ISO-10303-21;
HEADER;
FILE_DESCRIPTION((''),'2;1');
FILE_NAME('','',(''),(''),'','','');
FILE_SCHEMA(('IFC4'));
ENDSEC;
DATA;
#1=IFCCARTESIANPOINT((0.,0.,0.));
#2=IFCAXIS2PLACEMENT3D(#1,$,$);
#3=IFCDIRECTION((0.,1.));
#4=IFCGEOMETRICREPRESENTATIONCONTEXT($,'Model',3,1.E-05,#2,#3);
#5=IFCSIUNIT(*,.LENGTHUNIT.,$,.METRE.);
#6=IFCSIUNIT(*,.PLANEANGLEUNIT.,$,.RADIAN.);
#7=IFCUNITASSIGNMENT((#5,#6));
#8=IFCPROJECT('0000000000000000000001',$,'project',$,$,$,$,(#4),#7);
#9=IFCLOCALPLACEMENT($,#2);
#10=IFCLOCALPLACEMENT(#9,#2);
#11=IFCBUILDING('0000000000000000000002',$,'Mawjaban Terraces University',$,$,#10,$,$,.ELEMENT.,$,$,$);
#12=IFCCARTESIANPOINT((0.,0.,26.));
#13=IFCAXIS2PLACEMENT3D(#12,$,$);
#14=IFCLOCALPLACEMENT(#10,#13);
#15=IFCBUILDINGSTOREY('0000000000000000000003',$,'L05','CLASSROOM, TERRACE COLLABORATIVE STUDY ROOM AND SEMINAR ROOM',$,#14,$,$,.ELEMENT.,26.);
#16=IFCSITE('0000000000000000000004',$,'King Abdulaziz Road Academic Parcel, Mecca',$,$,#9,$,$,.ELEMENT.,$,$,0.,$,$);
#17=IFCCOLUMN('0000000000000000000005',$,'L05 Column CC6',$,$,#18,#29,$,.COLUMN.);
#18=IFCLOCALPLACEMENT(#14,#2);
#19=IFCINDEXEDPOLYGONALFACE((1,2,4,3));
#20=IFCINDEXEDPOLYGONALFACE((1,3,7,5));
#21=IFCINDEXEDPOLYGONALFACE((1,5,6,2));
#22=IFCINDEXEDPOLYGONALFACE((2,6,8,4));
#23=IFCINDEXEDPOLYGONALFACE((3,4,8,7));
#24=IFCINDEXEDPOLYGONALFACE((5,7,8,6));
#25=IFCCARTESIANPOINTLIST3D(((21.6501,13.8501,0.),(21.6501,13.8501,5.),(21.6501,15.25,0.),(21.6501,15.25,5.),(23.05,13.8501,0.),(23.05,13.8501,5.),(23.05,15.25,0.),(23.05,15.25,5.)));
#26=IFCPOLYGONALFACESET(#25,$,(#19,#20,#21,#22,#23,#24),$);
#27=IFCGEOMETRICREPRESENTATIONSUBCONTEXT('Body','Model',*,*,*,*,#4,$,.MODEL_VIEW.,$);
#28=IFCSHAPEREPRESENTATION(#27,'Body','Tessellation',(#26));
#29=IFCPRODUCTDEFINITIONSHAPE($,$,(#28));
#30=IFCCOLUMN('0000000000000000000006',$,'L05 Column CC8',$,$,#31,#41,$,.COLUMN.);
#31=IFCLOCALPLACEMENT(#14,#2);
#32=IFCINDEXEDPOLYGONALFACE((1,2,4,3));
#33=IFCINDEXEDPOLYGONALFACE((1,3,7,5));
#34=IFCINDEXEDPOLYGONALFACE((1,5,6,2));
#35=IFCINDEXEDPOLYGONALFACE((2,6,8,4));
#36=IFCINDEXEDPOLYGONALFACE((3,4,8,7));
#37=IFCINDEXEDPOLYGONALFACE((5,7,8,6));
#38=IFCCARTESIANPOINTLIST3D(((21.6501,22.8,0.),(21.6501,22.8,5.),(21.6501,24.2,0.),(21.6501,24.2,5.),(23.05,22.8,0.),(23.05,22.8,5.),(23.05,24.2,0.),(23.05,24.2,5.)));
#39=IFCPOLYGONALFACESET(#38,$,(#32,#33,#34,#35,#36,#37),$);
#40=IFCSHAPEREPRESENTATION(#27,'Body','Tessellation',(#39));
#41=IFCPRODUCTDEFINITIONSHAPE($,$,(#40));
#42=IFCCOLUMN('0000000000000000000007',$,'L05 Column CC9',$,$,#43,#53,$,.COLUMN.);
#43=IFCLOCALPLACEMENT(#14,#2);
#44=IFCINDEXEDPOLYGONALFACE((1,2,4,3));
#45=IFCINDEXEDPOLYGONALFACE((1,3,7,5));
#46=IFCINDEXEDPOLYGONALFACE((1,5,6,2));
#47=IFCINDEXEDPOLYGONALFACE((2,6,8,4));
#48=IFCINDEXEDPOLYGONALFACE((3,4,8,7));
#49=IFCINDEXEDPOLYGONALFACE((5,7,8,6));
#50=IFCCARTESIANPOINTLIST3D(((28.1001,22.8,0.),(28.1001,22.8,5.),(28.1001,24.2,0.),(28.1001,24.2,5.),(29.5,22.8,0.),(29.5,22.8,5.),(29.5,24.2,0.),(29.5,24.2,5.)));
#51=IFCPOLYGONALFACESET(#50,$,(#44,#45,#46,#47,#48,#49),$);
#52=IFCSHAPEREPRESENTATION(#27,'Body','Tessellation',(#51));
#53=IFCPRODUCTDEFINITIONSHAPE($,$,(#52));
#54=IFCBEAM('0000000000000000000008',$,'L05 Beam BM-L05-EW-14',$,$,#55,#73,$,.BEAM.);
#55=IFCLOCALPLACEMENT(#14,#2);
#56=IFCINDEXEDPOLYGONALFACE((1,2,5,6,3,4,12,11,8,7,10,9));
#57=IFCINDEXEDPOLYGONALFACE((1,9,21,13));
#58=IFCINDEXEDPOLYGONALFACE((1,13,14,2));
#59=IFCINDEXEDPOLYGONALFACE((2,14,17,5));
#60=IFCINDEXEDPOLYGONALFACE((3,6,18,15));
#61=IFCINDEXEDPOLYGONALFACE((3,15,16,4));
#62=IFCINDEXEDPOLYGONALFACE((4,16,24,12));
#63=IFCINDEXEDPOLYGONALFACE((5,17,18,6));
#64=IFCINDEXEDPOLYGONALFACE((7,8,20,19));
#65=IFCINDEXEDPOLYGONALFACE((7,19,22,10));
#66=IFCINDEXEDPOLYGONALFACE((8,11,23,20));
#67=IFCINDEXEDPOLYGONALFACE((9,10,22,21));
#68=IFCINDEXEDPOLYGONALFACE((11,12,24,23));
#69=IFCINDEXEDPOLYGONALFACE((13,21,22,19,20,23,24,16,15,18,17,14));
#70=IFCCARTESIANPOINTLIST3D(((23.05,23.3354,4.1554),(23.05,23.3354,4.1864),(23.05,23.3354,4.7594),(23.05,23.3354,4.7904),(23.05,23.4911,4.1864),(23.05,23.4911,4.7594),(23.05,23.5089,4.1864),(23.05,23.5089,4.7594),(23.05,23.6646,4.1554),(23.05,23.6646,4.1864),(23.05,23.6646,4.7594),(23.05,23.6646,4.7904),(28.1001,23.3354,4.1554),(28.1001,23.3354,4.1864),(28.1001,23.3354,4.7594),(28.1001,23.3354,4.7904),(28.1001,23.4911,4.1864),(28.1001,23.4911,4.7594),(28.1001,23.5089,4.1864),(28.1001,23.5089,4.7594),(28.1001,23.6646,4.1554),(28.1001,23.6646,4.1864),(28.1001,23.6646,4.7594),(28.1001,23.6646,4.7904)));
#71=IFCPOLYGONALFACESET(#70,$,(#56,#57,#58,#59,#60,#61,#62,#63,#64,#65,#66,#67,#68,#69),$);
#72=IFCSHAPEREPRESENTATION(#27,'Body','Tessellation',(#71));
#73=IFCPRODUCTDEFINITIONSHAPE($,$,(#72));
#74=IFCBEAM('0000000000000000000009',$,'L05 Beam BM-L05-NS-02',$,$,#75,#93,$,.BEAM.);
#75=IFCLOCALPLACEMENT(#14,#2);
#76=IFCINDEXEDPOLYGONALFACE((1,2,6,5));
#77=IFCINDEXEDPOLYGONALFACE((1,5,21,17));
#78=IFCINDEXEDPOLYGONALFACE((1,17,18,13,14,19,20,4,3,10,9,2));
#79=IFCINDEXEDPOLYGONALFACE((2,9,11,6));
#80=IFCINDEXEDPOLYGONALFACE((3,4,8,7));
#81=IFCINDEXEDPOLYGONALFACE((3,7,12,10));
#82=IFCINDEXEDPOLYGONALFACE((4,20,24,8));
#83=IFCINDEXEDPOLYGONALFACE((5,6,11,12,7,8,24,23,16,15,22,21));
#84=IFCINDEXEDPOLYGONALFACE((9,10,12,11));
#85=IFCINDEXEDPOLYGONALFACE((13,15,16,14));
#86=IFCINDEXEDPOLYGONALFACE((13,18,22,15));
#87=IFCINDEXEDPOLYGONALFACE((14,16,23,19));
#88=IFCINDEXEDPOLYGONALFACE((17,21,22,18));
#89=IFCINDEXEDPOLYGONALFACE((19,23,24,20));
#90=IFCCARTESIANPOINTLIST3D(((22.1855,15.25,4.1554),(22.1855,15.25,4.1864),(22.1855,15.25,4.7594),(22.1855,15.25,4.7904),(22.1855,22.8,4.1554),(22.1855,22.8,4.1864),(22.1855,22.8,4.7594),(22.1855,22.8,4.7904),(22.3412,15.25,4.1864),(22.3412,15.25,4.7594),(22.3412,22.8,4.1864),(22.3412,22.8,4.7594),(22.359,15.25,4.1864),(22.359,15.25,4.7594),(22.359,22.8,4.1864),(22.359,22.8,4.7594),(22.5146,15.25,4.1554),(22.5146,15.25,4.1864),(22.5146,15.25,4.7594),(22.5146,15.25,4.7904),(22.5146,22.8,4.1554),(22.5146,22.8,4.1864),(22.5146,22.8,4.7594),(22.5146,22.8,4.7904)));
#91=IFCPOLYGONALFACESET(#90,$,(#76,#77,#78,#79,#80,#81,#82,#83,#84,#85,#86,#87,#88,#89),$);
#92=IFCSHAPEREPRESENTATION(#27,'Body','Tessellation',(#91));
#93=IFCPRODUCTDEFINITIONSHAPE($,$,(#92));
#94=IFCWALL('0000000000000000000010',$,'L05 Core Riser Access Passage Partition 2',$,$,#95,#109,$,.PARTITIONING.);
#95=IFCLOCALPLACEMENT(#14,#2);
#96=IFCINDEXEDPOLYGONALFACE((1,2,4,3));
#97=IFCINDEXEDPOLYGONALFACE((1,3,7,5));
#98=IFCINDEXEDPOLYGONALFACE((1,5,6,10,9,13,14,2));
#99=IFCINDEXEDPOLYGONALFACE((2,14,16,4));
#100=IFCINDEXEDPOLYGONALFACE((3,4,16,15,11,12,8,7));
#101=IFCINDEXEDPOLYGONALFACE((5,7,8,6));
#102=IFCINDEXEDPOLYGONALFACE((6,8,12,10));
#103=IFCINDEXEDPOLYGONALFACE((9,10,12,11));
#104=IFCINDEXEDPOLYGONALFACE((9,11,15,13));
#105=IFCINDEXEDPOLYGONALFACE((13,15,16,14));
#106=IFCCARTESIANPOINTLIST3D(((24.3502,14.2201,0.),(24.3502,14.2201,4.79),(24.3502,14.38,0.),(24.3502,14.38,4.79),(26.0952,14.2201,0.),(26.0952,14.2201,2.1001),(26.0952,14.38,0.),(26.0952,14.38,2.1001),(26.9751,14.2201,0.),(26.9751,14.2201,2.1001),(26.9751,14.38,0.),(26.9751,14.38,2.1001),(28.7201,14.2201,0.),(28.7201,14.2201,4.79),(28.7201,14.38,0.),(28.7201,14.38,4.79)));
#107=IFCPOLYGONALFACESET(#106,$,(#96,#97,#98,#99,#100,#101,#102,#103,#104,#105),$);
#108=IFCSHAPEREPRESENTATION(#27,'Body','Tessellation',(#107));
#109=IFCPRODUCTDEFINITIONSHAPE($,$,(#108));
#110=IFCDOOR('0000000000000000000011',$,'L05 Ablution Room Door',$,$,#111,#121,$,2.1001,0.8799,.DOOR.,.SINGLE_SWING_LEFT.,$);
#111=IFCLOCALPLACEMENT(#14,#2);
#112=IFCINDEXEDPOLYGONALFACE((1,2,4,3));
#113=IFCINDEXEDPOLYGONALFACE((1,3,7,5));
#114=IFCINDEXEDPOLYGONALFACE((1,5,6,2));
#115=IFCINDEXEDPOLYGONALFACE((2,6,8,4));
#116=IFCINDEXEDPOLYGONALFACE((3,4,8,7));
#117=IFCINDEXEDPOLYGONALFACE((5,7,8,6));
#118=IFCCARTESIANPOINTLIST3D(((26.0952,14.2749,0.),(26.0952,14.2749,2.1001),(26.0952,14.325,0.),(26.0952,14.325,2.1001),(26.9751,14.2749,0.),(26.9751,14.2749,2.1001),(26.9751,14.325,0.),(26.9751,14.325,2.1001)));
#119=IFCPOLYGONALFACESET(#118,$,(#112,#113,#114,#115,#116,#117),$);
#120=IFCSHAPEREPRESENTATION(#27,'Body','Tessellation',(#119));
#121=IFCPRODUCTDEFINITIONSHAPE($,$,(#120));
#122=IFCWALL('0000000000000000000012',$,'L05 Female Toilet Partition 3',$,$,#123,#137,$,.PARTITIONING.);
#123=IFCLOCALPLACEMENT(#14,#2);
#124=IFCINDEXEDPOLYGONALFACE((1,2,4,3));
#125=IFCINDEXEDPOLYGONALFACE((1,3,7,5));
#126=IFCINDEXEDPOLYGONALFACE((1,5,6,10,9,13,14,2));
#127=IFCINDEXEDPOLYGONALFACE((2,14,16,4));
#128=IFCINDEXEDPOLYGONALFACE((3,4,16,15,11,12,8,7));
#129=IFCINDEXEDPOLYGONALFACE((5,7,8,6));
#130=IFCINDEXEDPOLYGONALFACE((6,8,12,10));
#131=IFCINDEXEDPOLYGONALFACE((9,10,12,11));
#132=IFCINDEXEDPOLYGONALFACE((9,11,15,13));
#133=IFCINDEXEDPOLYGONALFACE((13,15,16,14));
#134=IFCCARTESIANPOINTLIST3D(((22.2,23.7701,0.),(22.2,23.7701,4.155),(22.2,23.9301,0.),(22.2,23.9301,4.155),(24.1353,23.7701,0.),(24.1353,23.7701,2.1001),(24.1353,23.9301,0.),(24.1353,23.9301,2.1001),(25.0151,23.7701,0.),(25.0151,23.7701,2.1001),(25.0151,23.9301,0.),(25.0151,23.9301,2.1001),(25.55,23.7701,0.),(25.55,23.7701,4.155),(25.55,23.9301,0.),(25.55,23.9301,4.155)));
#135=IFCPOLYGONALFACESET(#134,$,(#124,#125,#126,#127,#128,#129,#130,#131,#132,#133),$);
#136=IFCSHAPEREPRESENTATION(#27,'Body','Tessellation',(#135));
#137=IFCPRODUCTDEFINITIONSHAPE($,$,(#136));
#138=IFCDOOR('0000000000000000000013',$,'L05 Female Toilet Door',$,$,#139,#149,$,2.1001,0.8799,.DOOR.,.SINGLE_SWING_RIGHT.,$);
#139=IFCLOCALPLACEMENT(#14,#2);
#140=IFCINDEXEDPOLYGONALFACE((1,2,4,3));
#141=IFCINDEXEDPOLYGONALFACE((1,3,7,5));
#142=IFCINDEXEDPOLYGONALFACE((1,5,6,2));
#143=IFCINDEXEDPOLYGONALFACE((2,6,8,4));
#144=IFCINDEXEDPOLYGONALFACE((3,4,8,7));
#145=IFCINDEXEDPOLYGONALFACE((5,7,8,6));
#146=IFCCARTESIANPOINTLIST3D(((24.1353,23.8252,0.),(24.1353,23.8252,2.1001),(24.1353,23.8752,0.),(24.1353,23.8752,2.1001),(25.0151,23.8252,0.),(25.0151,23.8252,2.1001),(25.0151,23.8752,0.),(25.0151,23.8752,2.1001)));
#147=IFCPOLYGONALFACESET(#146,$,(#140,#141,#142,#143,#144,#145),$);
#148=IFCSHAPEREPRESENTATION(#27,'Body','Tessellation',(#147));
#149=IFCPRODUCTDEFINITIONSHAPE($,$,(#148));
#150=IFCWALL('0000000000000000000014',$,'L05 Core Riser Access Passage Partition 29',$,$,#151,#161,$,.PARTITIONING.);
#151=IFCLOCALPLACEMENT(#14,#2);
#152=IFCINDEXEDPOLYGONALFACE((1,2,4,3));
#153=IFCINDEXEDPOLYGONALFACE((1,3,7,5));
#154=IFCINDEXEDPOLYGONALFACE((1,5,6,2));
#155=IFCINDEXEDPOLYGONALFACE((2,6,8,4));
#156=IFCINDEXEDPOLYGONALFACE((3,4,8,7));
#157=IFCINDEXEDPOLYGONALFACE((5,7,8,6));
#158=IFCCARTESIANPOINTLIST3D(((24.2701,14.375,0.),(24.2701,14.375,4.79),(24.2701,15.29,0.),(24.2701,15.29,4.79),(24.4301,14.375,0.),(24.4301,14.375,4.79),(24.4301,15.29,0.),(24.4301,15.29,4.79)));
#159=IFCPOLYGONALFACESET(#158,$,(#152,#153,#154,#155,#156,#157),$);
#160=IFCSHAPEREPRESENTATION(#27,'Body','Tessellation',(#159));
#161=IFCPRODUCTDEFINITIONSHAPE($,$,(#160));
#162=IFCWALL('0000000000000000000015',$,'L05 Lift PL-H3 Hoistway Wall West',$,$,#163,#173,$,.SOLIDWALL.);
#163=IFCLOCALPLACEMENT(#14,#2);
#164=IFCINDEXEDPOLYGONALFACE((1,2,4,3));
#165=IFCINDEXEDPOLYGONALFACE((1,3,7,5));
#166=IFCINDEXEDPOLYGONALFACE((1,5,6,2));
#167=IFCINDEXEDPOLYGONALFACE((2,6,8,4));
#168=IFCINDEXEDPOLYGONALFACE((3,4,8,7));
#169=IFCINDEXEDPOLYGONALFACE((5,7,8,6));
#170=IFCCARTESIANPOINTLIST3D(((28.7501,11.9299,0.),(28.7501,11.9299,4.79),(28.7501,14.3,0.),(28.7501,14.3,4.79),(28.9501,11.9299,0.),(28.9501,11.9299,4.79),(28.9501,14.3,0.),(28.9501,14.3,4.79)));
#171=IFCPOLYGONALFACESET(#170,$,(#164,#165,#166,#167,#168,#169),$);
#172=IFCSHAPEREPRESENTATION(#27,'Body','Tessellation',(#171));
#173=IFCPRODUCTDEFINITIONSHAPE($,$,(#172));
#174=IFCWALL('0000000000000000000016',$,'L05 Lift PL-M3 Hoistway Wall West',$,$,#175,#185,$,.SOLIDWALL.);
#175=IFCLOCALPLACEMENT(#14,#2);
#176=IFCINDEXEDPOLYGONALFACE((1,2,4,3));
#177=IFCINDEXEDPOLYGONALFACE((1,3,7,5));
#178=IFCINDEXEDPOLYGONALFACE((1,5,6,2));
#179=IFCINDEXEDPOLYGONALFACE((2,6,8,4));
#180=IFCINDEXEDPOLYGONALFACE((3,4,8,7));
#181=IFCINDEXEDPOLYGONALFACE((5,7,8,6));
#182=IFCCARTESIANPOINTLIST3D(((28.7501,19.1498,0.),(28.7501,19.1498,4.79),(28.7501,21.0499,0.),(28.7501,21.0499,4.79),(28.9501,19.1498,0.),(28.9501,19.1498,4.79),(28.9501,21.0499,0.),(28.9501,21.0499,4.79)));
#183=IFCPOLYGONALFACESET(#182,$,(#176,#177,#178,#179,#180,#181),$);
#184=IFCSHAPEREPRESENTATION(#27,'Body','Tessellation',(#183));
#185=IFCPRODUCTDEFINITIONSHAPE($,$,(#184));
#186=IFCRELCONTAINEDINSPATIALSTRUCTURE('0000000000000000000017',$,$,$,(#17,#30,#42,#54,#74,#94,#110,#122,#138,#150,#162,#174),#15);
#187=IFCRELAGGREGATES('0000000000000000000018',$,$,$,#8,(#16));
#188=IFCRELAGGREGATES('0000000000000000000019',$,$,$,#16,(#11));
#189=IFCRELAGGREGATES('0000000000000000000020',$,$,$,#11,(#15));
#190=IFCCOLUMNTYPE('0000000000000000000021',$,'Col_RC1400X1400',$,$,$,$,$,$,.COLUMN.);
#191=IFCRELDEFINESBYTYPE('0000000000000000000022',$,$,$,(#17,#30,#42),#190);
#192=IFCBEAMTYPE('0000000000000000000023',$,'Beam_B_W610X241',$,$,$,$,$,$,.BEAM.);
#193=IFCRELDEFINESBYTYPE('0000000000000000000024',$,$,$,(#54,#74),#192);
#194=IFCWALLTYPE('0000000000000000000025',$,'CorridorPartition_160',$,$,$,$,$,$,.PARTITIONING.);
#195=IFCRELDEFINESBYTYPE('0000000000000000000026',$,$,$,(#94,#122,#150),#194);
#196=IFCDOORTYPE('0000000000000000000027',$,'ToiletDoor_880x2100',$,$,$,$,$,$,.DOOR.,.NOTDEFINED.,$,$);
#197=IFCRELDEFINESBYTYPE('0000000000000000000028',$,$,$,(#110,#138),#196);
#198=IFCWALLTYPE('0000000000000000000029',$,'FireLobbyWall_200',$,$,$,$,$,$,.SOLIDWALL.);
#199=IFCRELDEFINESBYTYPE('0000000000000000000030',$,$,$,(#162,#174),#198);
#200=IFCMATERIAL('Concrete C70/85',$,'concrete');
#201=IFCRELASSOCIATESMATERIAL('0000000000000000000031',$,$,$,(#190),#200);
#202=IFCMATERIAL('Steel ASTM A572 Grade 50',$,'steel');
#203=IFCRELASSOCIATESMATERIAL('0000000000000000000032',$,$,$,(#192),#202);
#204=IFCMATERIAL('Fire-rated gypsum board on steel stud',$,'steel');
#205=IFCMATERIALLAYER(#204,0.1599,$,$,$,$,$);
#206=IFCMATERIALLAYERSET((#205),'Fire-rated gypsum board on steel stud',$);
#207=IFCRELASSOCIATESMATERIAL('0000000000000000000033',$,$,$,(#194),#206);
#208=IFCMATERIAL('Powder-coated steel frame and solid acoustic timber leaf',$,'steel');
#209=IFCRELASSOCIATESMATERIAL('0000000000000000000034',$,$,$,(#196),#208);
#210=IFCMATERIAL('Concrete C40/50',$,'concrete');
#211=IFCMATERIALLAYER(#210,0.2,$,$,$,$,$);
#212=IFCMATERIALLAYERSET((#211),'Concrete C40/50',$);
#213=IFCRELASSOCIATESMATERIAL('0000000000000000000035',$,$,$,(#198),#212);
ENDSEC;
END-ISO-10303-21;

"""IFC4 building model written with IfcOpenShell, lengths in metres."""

from ifc_helpers import new_model, si_unit, direction, frame, frame_2d, origin, origin_2d, place, context, subcontext, project, spatial, rectangle, i_section, extrude, material, layer, layer_set, material_profile, profile_set, type_object, element, fill, save


model = new_model("IFC4")

# Units and contexts
model_context = context("Model", 3, precision=1e-05, world=origin(), true_north=direction((0.0, 1.0)))
body_context = subcontext(model_context, "Body", "Model", "MODEL_VIEW")
ifc_project = project(units=[si_unit("LENGTHUNIT", "METRE"), si_unit("PLANEANGLEUNIT", "RADIAN")], contexts=[model_context])

# Site, building, storey
site_placement = place(None, origin())
site = spatial("IfcSite", under=ifc_project, at=site_placement, Name="King Abdulaziz Road Academic Parcel, Mecca", CompositionType="ELEMENT", RefElevation=0.0)
building_placement = place(site_placement, origin())
building = spatial("IfcBuilding", under=site, at=building_placement, Name="Mawjaban Terraces University", CompositionType="ELEMENT")
storey_placement = place(building_placement, frame((0.0, 0.0, 26.0)))
storey = spatial("IfcBuildingStorey", under=building, at=storey_placement, Name="L05", Description="CLASSROOM, TERRACE COLLABORATIVE STUDY ROOM AND SEMINAR ROOM", CompositionType="ELEMENT", Elevation=26.0)

# Columns
ifc_material_1 = material(Name="Concrete C70/85", Category="concrete")
ifc_material_profile_1 = material_profile(ifc_material_1, rectangle(XDim=1.3999, YDim=1.3999, at=origin_2d()), Name="RC1400X1400")
ifc_profile_set_1 = profile_set([ifc_material_profile_1], Name="Concrete C70/85")
column_type = type_object("IfcColumnType", Name="Col_RC1400X1400", PredefinedType="COLUMN", material=ifc_profile_set_1)
for number, where, z_axis, x_axis, name in (
    (1, (22.3501, 14.55, 0.0), (0.0, 0.0, 1.0), (1.0, 0.0, 0.0), "L05 Column CC6"),
    (2, (22.3501, 23.5, 0.0), (0.0, 0.0, 1.0), (1.0, 0.0, 0.0), "L05 Column CC8"),
    (3, (28.8, 23.5, 0.0), (0.0, 0.0, 1.0), (1.0, 0.0, 0.0), "L05 Column CC9"),
):
    element("IfcColumn", number, at=place(storey_placement, frame(where, z_axis=z_axis, x_axis=x_axis)), inside=storey, type_object=column_type, Name=name, PredefinedType="COLUMN", context=body_context, shape_type="SweptSolid", body=[
        extrude(rectangle(XDim=1.3999, YDim=1.3999, at=origin_2d()), origin(), (0.0, 0.0, 1.0), 5.0),
    ])

# Beams
ifc_material_2 = material(Name="Steel ASTM A572 Grade 50", Category="steel")
ifc_material_profile_2 = material_profile(ifc_material_2, i_section(OverallWidth=0.3291, OverallDepth=0.635, WebThickness=0.0178, FlangeThickness=0.031, at=origin_2d()), Name="W610X241")
ifc_profile_set_2 = profile_set([ifc_material_profile_2], Name="Steel ASTM A572 Grade 50")
beam_type = type_object("IfcBeamType", Name="Beam_B_W610X241", PredefinedType="BEAM", material=ifc_profile_set_2)
beam_1_placement = place(storey_placement, frame((23.05, 23.5, 4.4729), z_axis=(1.0, 0.0, 0.0), x_axis=(0.0, 1.0, 0.0)))
element("IfcBeam", 4, at=beam_1_placement, inside=storey, type_object=beam_type, Name="L05 Beam BM-L05-EW-14", PredefinedType="BEAM", context=body_context, shape_type="SweptSolid", body=[
    extrude(i_section(OverallWidth=0.3291, OverallDepth=0.635, WebThickness=0.0178, FlangeThickness=0.031, at=origin_2d()), origin(), (0.0, 0.0, 1.0), 5.05),
])
beam_2_placement = place(storey_placement, frame((22.3501, 15.25, 4.4729), z_axis=(0.0, 1.0, 0.0), x_axis=(-1.0, 0.0, 0.0)))
element("IfcBeam", 5, at=beam_2_placement, inside=storey, type_object=beam_type, Name="L05 Beam BM-L05-NS-02", PredefinedType="BEAM", context=body_context, shape_type="SweptSolid", body=[
    extrude(i_section(OverallWidth=0.3291, OverallDepth=0.635, WebThickness=0.0178, FlangeThickness=0.031, at=origin_2d()), origin(), (0.0, 0.0, 1.0), 7.55),
])

# Walls, openings, doors
ifc_material_3 = material(Name="Fire-rated gypsum board on steel stud", Category="steel")
ifc_layer_1 = layer(ifc_material_3, 0.1599)
ifc_layer_set_1 = layer_set([ifc_layer_1], Name="Fire-rated gypsum board on steel stud")
wall_type_1 = type_object("IfcWallType", Name="CorridorPartition_160", PredefinedType="PARTITIONING", material=ifc_layer_set_1)
wall_1_placement = place(storey_placement, frame((24.3501, 14.3, 0.0), z_axis=(0.0, 0.0, 1.0), x_axis=(1.0, 0.0, 0.0)))
wall_1 = element("IfcWall", 6, at=wall_1_placement, inside=storey, type_object=wall_type_1, Name="L05 Core Riser Access Passage Partition 2", PredefinedType="PARTITIONING", context=body_context, shape_type="SweptSolid", body=[
    extrude(rectangle(XDim=4.3699, YDim=0.1599, at=frame_2d((2.1851, 0.0))), origin(), (0.0, 0.0, 1.0), 4.79),
])
opening_1_placement = place(wall_1_placement, frame((1.7451, 0.0, 0.0)))
opening_1 = element("IfcOpeningElement", 7, at=opening_1_placement, cuts=wall_1, PredefinedType="OPENING", context=body_context, shape_type="SweptSolid", body=[
    extrude(rectangle(XDim=0.8799, YDim=2.1001, at=frame_2d((0.4399, 1.05))), frame((0.0, 0.0898, 0.0), z_axis=(0.0, -1.0, 0.0), x_axis=(1.0, 0.0, 0.0)), (0.0, 0.0, 1.0), 0.1799),
])
ifc_material_4 = material(Name="Powder-coated steel frame and solid acoustic timber leaf", Category="steel")
door_type = type_object("IfcDoorType", Name="ToiletDoor_880x2100", OperationType="NOTDEFINED", PredefinedType="DOOR", material=ifc_material_4)
door_1_placement = place(opening_1_placement, origin())
door_1 = element("IfcDoor", 8, at=door_1_placement, inside=storey, type_object=door_type, Name="L05 Ablution Room Door", OperationType="SINGLE_SWING_LEFT", OverallHeight=2.1001, OverallWidth=0.8799, PredefinedType="DOOR", context=body_context, shape_type="SweptSolid", body=[
    extrude(rectangle(XDim=0.8799, YDim=2.1001, at=frame_2d((0.4399, 1.05))), frame((0.0, 0.0249, 0.0), z_axis=(0.0, -1.0, 0.0), x_axis=(1.0, 0.0, 0.0)), (0.0, 0.0, 1.0), 0.05),
])
fill(opening_1, door_1)
wall_2_placement = place(storey_placement, frame((25.55, 23.8501, 0.0), z_axis=(0.0, 0.0, 1.0), x_axis=(-1.0, 0.0, 0.0)))
wall_2 = element("IfcWall", 9, at=wall_2_placement, inside=storey, type_object=wall_type_1, Name="L05 Female Toilet Partition 3", PredefinedType="PARTITIONING", context=body_context, shape_type="SweptSolid", body=[
    extrude(rectangle(XDim=3.3501, YDim=0.1599, at=frame_2d((1.675, 0.0))), origin(), (0.0, 0.0, 1.0), 4.155),
])
opening_2_placement = place(wall_2_placement, frame((0.5349, 0.0, 0.0)))
opening_2 = element("IfcOpeningElement", 10, at=opening_2_placement, cuts=wall_2, PredefinedType="OPENING", context=body_context, shape_type="SweptSolid", body=[
    extrude(rectangle(XDim=0.8799, YDim=2.1001, at=frame_2d((0.4399, 1.05))), frame((0.0, 0.0898, 0.0), z_axis=(0.0, -1.0, 0.0), x_axis=(1.0, 0.0, 0.0)), (0.0, 0.0, 1.0), 0.1799),
])
door_2_placement = place(opening_2_placement, origin())
door_2 = element("IfcDoor", 11, at=door_2_placement, inside=storey, type_object=door_type, Name="L05 Female Toilet Door", OperationType="SINGLE_SWING_RIGHT", OverallHeight=2.1001, OverallWidth=0.8799, PredefinedType="DOOR", context=body_context, shape_type="SweptSolid", body=[
    extrude(rectangle(XDim=0.8799, YDim=2.1001, at=frame_2d((0.4399, 1.05))), frame((0.0, 0.0249, 0.0), z_axis=(0.0, -1.0, 0.0), x_axis=(1.0, 0.0, 0.0)), (0.0, 0.0, 1.0), 0.05),
])
fill(opening_2, door_2)

# Walls
wall_3_placement = place(storey_placement, frame((24.3501, 15.29, 0.0), z_axis=(0.0, 0.0, 1.0), x_axis=(0.0, -1.0, 0.0)))
element("IfcWall", 12, at=wall_3_placement, inside=storey, type_object=wall_type_1, Name="L05 Core Riser Access Passage Partition 29", PredefinedType="PARTITIONING", context=body_context, shape_type="SweptSolid", body=[
    extrude(rectangle(XDim=0.915, YDim=0.1599, at=frame_2d((0.4575, 0.0))), origin(), (0.0, 0.0, 1.0), 4.79),
])
ifc_material_5 = material(Name="Concrete C40/50", Category="concrete")
ifc_layer_2 = layer(ifc_material_5, 0.2)
ifc_layer_set_2 = layer_set([ifc_layer_2], Name="Concrete C40/50")
wall_type_2 = type_object("IfcWallType", Name="FireLobbyWall_200", PredefinedType="SOLIDWALL", material=ifc_layer_set_2)
wall_4_placement = place(storey_placement, frame((28.8501, 14.3, 0.0), z_axis=(0.0, 0.0, 1.0), x_axis=(0.0, -1.0, 0.0)))
element("IfcWall", 13, at=wall_4_placement, inside=storey, type_object=wall_type_2, Name="L05 Lift PL-H3 Hoistway Wall West", PredefinedType="SOLIDWALL", context=body_context, shape_type="SweptSolid", body=[
    extrude(rectangle(XDim=2.3701, YDim=0.2, at=frame_2d((1.1851, 0.0))), origin(), (0.0, 0.0, 1.0), 4.79),
])
wall_5_placement = place(storey_placement, frame((28.8501, 21.05, 0.0), z_axis=(0.0, 0.0, 1.0), x_axis=(0.0, -1.0, 0.0)))
element("IfcWall", 14, at=wall_5_placement, inside=storey, type_object=wall_type_2, Name="L05 Lift PL-M3 Hoistway Wall West", PredefinedType="SOLIDWALL", context=body_context, shape_type="SweptSolid", body=[
    extrude(rectangle(XDim=1.9001, YDim=0.2, at=frame_2d((0.9502, 0.0))), origin(), (0.0, 0.0, 1.0), 4.79),
])

save(model, "model.ifc")
